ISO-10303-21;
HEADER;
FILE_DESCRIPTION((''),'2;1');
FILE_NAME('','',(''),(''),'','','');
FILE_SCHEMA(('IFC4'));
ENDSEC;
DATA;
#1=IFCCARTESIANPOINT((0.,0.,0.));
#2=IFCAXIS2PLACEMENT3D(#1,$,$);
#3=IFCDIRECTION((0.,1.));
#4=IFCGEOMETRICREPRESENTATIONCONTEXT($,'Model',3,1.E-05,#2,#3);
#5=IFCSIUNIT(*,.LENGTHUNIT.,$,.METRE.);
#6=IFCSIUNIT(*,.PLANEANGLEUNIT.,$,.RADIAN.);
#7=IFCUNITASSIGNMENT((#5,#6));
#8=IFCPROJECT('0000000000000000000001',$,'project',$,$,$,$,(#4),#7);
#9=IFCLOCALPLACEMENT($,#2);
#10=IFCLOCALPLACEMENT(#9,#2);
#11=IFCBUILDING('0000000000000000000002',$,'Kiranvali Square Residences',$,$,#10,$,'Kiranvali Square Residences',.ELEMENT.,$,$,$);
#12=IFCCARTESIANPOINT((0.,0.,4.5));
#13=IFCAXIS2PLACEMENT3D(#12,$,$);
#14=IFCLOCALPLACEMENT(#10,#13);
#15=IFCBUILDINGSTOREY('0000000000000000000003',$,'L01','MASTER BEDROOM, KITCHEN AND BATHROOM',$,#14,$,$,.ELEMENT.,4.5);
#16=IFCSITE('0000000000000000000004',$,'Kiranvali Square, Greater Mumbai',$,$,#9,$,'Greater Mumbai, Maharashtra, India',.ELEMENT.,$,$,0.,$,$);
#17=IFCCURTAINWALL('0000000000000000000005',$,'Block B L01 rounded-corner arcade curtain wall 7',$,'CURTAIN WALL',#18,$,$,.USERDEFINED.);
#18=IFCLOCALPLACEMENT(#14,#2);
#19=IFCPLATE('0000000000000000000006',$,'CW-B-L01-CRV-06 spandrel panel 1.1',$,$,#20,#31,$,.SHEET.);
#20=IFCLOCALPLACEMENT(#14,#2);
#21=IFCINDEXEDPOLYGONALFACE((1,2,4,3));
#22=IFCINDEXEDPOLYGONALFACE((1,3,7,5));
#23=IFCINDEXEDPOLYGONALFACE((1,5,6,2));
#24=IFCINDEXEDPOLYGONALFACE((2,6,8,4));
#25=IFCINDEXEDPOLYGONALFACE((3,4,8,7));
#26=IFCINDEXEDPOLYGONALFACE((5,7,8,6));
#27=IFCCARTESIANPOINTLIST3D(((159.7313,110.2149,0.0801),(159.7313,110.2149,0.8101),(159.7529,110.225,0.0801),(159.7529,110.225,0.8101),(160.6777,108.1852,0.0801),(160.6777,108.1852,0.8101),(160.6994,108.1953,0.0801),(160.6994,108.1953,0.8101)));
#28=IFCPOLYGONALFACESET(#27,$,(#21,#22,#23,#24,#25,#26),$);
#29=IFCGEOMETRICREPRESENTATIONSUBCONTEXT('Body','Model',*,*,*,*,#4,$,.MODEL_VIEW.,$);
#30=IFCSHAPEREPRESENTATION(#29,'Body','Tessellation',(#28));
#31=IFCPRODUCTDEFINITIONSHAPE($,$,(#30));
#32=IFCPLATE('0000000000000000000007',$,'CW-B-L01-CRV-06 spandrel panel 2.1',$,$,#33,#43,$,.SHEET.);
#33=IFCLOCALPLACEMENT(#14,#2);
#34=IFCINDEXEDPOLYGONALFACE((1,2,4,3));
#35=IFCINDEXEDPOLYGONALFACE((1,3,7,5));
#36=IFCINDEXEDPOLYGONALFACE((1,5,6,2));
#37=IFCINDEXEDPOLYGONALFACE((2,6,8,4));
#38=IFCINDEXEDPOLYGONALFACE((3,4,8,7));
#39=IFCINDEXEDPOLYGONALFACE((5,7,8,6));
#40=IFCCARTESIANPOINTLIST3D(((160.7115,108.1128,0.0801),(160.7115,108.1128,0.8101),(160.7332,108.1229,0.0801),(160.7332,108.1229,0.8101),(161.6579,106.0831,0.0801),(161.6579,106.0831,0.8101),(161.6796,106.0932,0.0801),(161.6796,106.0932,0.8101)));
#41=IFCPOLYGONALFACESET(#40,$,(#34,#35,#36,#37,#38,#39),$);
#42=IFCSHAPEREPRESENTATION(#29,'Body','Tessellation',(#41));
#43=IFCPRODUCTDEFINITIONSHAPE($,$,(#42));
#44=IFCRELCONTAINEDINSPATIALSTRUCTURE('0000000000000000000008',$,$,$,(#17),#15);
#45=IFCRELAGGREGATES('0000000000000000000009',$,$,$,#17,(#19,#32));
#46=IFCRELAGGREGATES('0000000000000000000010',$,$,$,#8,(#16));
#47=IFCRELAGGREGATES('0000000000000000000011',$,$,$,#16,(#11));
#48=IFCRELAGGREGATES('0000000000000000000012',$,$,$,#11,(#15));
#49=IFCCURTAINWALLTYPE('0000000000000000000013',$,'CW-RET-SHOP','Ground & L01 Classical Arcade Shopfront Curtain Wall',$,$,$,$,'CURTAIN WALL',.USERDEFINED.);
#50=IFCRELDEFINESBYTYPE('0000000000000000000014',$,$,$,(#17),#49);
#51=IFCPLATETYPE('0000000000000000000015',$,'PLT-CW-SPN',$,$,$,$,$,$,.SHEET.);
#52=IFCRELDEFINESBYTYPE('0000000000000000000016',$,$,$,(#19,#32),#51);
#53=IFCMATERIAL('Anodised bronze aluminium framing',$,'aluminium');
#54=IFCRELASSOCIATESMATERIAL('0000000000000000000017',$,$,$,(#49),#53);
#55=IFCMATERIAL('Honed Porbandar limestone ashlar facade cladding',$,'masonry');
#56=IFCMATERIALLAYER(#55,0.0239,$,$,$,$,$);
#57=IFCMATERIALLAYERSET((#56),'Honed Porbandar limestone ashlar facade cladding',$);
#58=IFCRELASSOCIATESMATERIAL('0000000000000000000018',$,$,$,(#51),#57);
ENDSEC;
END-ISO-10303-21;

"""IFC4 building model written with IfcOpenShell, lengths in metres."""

from ifc_helpers import new_model, si_unit, direction, frame, origin, origin_2d, place, context, subcontext, project, spatial, rectangle, extrude, material, layer, layer_set, type_object, element, aggregate, save


model = new_model("IFC4")

# Units and contexts
model_context = context("Model", 3, precision=1e-05, world=origin(), true_north=direction((0.0, 1.0)))
body_context = subcontext(model_context, "Body", "Model", "MODEL_VIEW")
ifc_project = project(units=[si_unit("LENGTHUNIT", "METRE"), si_unit("PLANEANGLEUNIT", "RADIAN")], contexts=[model_context])

# Site, building, storey
site_placement = place(None, origin())
site = spatial("IfcSite", under=ifc_project, at=site_placement, Name="Kiranvali Square, Greater Mumbai", LongName="Greater Mumbai, Maharashtra, India", CompositionType="ELEMENT", RefElevation=0.0)
building_placement = place(site_placement, origin())
building = spatial("IfcBuilding", under=site, at=building_placement, Name="Kiranvali Square Residences", LongName="Kiranvali Square Residences", CompositionType="ELEMENT")
storey_placement = place(building_placement, frame((0.0, 0.0, 4.5)))
storey = spatial("IfcBuildingStorey", under=building, at=storey_placement, Name="L01", Description="MASTER BEDROOM, KITCHEN AND BATHROOM", CompositionType="ELEMENT", Elevation=4.5)

# Curtain wall
ifc_material_1 = material(Name="Anodised bronze aluminium framing", Category="aluminium")
curtain_wall_type = type_object("IfcCurtainWallType", Name="CW-RET-SHOP", Description="Ground & L01 Classical Arcade Shopfront Curtain Wall", ElementType="CURTAIN WALL", PredefinedType="USERDEFINED", material=ifc_material_1)
curtain_wall_1_placement = place(storey_placement, origin())
curtain_wall_1 = element("IfcCurtainWall", 1, at=curtain_wall_1_placement, inside=storey, type_object=curtain_wall_type, Name="Block B L01 rounded-corner arcade curtain wall 7", ObjectType="CURTAIN WALL", PredefinedType="USERDEFINED")

# Plates
ifc_material_2 = material(Name="Honed Porbandar limestone ashlar facade cladding", Category="masonry")
ifc_layer_1 = layer(ifc_material_2, 0.0239)
ifc_layer_set_1 = layer_set([ifc_layer_1], Name="Honed Porbandar limestone ashlar facade cladding")
plate_type_1 = type_object("IfcPlateType", Name="PLT-CW-SPN", PredefinedType="SHEET", material=ifc_layer_set_1)
plate_1_placement = place(storey_placement, frame((160.2153, 109.2051, 0.0801), z_axis=(0.0, 0.0, 1.0), x_axis=(0.422618, -0.906308, 0.0)))
plate_1 = element("IfcPlate", 2, at=plate_1_placement, type_object=plate_type_1, Name="CW-B-L01-CRV-06 spandrel panel 1.1", PredefinedType="SHEET", context=body_context, shape_type="SweptSolid", body=[
    extrude(rectangle(XDim=2.2395, YDim=0.0239, at=origin_2d()), origin(), (0.0, 0.0, 1.0), 0.73),
])
plate_2_placement = place(storey_placement, frame((161.1956, 107.103, 0.0801), z_axis=(0.0, 0.0, 1.0), x_axis=(0.422618, -0.906308, 0.0)))
plate_2 = element("IfcPlate", 3, at=plate_2_placement, type_object=plate_type_1, Name="CW-B-L01-CRV-06 spandrel panel 2.1", PredefinedType="SHEET", context=body_context, shape_type="SweptSolid", body=[
    extrude(rectangle(XDim=2.2395, YDim=0.0239, at=origin_2d()), origin(), (0.0, 0.0, 1.0), 0.73),
])
aggregate(curtain_wall_1, [plate_1, plate_2])

save(model, "model.ifc")
